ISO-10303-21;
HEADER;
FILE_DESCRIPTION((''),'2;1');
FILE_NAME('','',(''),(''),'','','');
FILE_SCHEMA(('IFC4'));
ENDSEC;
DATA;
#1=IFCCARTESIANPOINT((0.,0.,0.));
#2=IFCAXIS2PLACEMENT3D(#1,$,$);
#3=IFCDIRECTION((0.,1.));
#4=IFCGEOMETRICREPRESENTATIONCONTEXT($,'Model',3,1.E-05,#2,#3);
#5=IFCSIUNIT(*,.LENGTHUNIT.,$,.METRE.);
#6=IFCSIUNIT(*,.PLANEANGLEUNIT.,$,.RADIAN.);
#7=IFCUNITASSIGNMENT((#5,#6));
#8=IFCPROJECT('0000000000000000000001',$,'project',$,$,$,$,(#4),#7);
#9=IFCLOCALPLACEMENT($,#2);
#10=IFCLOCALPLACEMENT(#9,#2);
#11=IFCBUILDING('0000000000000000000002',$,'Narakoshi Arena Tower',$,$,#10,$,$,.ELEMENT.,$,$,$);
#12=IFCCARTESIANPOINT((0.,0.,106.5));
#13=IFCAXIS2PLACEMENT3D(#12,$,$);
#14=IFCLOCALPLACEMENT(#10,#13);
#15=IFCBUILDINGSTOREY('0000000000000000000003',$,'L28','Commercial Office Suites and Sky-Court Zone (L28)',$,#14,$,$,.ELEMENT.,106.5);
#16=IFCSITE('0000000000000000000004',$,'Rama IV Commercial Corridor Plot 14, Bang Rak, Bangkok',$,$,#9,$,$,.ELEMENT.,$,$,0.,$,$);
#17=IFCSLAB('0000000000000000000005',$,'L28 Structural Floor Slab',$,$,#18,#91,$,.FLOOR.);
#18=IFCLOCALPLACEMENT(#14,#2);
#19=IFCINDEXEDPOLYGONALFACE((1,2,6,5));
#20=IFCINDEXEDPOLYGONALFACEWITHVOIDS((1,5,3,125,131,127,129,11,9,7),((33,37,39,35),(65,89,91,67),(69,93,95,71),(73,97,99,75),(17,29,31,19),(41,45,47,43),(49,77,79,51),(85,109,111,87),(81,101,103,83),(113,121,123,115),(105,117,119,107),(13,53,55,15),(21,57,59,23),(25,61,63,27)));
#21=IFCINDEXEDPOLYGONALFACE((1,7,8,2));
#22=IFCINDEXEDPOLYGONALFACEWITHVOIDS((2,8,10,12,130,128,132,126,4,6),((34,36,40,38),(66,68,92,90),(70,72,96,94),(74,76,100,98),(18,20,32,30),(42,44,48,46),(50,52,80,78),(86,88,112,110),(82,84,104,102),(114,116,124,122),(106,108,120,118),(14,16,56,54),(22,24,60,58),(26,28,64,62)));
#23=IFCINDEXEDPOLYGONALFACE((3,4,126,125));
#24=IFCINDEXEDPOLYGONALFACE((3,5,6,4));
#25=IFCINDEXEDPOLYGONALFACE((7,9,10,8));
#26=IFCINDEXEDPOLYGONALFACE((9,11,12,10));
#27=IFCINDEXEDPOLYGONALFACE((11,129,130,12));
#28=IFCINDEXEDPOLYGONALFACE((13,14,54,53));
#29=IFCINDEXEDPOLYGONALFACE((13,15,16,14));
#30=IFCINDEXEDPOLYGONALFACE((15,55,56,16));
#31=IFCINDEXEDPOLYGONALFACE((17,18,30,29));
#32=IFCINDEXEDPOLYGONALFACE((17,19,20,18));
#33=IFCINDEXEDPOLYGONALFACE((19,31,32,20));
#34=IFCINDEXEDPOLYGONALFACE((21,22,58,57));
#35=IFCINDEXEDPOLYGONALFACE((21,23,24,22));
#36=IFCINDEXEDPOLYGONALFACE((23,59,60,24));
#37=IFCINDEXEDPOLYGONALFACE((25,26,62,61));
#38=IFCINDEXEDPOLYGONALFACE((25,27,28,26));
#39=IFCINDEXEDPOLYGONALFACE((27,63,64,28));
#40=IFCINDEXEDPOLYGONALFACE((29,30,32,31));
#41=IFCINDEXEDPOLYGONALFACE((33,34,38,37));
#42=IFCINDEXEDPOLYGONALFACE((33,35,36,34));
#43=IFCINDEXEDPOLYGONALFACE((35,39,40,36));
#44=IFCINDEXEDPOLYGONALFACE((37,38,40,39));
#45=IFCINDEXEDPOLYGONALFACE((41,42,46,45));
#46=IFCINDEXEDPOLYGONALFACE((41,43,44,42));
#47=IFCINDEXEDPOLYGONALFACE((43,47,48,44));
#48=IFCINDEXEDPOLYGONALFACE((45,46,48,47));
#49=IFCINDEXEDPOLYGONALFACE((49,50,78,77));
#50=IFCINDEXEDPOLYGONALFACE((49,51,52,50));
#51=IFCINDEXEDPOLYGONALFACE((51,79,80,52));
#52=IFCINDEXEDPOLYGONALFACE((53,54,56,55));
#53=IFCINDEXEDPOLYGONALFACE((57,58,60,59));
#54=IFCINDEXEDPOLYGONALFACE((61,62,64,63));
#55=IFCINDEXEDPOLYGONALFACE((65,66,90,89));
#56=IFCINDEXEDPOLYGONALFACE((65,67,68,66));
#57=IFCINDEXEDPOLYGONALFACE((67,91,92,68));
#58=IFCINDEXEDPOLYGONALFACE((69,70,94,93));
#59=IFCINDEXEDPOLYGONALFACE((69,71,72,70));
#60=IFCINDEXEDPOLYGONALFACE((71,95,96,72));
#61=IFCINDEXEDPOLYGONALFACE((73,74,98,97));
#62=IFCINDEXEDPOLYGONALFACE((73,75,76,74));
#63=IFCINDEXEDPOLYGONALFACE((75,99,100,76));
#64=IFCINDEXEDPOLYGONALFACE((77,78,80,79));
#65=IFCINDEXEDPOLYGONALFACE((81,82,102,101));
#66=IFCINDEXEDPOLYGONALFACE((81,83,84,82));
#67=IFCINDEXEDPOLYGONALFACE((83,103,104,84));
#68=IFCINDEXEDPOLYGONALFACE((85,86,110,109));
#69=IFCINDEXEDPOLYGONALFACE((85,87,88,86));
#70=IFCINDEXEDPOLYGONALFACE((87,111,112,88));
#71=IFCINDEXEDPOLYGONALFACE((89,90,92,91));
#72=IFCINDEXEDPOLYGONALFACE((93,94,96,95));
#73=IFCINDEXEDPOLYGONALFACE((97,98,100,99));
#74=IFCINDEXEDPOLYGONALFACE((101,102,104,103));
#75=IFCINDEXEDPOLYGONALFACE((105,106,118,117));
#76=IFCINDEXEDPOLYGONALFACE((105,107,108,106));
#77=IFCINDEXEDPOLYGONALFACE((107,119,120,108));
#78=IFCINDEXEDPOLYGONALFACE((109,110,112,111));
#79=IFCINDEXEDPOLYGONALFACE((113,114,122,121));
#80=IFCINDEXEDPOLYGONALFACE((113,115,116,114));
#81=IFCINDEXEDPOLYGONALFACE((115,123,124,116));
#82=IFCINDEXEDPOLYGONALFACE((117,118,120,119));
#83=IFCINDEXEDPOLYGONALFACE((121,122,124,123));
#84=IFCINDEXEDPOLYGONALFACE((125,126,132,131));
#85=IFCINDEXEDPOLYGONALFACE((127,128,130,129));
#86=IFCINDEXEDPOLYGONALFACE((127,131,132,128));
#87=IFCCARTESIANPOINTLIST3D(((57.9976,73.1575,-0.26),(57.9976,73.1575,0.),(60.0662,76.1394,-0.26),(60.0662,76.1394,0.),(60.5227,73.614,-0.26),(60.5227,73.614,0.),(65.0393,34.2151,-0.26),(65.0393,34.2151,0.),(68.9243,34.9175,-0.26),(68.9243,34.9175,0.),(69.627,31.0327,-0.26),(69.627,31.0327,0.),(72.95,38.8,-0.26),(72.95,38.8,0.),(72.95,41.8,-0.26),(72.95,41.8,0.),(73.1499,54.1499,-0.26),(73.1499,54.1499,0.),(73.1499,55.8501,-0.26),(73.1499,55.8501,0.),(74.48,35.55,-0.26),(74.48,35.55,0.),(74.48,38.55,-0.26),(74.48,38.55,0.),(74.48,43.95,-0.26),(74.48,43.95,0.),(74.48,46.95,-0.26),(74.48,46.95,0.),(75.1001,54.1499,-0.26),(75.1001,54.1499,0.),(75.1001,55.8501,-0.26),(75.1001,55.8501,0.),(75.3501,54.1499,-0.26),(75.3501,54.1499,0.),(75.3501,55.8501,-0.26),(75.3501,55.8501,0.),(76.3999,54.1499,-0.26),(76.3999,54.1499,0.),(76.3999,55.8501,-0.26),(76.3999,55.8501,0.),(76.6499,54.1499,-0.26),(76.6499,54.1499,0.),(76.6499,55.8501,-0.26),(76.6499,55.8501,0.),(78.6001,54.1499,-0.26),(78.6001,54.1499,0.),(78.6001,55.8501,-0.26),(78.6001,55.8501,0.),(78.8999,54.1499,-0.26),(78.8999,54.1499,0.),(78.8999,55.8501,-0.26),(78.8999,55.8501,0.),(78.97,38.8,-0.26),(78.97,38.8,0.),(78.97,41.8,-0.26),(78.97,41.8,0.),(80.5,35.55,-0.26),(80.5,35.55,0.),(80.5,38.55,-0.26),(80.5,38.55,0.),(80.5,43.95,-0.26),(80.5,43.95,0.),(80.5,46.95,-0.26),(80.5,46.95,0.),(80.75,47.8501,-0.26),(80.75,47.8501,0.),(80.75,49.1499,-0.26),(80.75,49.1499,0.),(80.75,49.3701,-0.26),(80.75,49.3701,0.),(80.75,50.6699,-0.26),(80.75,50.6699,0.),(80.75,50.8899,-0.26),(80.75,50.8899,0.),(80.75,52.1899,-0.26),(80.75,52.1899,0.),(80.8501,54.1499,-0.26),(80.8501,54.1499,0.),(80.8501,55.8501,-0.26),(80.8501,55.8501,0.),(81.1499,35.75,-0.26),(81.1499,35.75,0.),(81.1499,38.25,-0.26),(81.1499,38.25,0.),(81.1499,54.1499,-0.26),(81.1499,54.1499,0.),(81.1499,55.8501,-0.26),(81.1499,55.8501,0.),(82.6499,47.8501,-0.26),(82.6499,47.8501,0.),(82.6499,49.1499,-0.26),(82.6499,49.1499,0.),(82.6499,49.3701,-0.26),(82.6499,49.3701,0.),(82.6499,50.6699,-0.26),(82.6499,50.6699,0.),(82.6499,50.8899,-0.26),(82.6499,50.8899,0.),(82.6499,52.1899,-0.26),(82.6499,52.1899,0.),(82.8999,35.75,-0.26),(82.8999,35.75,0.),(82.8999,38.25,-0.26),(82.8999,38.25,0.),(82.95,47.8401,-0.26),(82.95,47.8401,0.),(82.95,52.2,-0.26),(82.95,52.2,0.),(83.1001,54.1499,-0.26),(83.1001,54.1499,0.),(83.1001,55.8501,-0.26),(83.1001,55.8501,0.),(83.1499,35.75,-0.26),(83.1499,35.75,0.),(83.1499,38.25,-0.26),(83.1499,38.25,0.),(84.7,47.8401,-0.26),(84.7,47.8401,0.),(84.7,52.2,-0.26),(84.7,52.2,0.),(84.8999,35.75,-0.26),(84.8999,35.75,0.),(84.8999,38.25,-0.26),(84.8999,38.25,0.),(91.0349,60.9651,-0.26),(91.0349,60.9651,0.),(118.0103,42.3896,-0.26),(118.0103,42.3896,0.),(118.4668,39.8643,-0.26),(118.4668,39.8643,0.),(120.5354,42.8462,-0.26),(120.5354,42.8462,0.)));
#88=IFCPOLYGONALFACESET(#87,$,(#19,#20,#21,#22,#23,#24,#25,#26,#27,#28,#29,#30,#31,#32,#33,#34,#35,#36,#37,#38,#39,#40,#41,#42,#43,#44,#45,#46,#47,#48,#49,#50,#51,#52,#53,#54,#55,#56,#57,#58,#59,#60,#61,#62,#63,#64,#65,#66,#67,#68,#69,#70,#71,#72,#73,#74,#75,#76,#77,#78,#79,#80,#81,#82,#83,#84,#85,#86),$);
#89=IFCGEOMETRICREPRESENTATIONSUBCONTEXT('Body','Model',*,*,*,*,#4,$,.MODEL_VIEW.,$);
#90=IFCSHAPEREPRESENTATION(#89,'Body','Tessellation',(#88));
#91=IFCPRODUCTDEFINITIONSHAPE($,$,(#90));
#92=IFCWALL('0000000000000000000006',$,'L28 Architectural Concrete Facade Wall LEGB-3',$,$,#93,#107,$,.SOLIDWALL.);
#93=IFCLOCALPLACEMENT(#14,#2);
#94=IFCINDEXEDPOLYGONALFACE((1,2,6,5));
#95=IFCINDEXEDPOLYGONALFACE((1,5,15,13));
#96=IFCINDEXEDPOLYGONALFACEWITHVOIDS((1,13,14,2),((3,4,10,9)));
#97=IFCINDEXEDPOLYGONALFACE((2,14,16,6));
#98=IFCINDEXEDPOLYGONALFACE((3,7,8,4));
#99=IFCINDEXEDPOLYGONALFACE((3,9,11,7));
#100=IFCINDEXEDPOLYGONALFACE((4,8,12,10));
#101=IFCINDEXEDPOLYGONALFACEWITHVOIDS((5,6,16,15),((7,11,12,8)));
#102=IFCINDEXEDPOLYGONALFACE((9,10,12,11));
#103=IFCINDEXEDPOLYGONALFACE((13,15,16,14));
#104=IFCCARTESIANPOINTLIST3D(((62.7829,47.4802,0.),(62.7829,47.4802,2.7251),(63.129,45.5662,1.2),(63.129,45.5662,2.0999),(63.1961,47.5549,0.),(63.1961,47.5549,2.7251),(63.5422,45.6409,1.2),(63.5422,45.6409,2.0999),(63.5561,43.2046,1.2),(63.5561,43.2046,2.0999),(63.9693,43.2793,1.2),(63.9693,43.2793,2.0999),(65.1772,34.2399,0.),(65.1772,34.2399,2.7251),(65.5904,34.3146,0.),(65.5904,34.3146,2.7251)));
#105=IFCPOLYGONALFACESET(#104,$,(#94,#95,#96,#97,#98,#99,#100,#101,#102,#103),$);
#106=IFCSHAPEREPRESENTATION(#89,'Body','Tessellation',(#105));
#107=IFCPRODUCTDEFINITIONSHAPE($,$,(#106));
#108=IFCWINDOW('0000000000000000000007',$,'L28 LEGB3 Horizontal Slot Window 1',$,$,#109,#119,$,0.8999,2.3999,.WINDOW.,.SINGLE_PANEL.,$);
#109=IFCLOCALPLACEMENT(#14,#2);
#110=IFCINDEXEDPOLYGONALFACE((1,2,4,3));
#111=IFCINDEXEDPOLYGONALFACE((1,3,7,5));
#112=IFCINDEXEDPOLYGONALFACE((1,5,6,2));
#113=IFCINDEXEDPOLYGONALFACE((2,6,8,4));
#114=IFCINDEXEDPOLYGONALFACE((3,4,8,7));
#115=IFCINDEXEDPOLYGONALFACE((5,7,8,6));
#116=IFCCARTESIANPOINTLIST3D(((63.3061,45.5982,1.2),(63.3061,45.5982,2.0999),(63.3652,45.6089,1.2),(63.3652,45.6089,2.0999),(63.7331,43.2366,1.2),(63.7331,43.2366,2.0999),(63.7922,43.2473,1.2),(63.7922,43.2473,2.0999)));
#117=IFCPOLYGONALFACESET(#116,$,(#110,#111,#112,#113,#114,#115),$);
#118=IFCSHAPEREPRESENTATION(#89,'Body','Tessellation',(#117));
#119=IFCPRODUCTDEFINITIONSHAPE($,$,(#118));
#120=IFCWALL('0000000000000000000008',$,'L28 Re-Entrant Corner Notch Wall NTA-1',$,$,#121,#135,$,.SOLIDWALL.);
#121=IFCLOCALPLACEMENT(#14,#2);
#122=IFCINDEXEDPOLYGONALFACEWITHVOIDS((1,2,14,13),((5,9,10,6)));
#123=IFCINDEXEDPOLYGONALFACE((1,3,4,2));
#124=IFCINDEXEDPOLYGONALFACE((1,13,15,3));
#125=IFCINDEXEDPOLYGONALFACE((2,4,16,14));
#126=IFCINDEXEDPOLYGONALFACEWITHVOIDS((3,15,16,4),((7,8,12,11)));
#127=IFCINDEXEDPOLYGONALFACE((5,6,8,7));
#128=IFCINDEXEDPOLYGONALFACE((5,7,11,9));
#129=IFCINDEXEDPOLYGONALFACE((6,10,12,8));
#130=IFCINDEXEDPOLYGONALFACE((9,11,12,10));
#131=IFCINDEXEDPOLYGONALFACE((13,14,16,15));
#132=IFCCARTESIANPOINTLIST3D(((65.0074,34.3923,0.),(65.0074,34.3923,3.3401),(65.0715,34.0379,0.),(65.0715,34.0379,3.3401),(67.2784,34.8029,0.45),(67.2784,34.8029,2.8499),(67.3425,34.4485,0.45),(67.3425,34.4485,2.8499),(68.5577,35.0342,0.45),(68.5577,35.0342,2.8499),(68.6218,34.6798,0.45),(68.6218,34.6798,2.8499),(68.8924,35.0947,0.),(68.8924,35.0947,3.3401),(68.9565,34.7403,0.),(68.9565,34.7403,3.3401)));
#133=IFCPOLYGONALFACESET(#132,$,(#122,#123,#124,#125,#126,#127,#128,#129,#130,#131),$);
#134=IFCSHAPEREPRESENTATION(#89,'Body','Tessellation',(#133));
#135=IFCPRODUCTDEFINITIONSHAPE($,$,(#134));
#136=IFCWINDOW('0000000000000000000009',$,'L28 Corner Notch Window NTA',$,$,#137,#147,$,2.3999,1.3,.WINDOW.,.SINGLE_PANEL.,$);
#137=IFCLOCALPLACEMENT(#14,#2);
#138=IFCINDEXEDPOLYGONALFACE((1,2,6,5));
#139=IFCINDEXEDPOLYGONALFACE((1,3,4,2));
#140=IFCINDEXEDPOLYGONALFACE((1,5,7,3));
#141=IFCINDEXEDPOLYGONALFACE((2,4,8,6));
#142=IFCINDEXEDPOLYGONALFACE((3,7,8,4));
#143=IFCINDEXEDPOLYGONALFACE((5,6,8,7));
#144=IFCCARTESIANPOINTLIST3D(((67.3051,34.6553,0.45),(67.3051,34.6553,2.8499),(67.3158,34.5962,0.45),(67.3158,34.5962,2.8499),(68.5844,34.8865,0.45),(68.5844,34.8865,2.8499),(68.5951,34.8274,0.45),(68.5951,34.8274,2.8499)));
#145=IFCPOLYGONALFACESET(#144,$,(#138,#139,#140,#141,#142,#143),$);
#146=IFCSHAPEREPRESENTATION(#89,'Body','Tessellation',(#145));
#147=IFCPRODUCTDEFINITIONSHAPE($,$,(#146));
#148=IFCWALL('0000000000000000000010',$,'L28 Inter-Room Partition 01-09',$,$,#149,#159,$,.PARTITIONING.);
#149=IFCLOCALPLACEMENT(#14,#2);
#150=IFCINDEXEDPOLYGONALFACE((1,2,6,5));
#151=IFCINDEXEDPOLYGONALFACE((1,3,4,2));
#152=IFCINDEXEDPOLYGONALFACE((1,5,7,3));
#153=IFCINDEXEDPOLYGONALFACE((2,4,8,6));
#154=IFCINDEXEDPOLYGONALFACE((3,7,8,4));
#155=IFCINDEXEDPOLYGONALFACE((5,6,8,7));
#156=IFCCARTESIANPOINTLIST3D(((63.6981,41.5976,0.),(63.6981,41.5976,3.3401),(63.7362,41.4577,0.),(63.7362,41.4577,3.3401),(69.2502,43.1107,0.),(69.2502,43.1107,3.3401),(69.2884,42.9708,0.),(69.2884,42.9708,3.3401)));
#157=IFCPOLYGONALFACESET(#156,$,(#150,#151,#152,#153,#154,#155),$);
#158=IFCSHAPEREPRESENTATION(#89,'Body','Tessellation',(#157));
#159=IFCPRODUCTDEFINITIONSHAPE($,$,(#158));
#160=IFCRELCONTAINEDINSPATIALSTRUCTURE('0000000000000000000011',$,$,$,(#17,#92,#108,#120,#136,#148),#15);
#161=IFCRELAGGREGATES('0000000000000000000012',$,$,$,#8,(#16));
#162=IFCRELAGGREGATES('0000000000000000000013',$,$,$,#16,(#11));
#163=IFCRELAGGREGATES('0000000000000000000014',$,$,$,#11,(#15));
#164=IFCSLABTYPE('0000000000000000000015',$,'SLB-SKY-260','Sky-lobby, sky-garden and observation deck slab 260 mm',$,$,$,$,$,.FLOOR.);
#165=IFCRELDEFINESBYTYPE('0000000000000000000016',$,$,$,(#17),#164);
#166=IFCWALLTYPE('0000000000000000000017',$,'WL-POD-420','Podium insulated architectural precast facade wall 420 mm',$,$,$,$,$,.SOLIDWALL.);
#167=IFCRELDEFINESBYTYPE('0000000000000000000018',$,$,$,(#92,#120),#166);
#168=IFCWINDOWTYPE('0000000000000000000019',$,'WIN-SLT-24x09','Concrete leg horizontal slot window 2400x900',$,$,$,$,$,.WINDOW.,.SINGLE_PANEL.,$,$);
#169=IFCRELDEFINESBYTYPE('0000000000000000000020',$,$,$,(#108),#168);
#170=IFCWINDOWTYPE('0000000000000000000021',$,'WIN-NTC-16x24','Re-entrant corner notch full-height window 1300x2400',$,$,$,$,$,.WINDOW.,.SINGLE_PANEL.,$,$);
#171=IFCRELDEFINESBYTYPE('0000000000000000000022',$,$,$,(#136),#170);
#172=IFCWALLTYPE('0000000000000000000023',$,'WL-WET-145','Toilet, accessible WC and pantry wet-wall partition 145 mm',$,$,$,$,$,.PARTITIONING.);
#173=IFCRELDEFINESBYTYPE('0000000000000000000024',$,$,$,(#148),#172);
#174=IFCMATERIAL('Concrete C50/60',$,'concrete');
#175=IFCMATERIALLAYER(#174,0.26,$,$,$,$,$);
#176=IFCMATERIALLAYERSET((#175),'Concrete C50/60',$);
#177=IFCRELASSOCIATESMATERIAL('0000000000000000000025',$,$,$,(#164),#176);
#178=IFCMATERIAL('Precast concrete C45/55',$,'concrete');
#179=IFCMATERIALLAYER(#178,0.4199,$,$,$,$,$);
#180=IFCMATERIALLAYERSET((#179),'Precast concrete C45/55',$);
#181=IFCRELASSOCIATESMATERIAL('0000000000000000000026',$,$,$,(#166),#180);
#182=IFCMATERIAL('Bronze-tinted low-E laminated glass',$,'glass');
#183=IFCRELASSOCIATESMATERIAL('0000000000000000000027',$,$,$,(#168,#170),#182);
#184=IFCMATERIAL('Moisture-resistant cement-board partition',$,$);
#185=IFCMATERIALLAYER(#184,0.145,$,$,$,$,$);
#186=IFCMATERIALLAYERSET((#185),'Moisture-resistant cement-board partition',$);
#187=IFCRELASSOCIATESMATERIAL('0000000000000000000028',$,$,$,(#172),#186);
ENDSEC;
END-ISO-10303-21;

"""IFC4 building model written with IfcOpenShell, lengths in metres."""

from ifc_helpers import new_model, si_unit, direction, frame, frame_2d, origin, place, context, subcontext, project, spatial, polyline, rectangle, outline, extrude, material, layer, layer_set, type_object, element, fill, save


model = new_model("IFC4")

# Units and contexts
model_context = context("Model", 3, precision=1e-05, world=origin(), true_north=direction((0.0, 1.0)))
body_context = subcontext(model_context, "Body", "Model", "MODEL_VIEW")
ifc_project = project(units=[si_unit("LENGTHUNIT", "METRE"), si_unit("PLANEANGLEUNIT", "RADIAN")], contexts=[model_context])

# Site, building, storey
site_placement = place(None, origin())
site = spatial("IfcSite", under=ifc_project, at=site_placement, Name="Rama IV Commercial Corridor Plot 14, Bang Rak, Bangkok", CompositionType="ELEMENT", RefElevation=0.0)
building_placement = place(site_placement, origin())
building = spatial("IfcBuilding", under=site, at=building_placement, Name="Narakoshi Arena Tower", CompositionType="ELEMENT")
storey_placement = place(building_placement, frame((0.0, 0.0, 106.5)))
storey = spatial("IfcBuildingStorey", under=building, at=storey_placement, Name="L28", Description="Commercial Office Suites and Sky-Court Zone (L28)", CompositionType="ELEMENT", Elevation=106.5)

# Slab
ifc_material_1 = material(Name="Concrete C50/60", Category="concrete")
ifc_layer_1 = layer(ifc_material_1, 0.26)
ifc_layer_set_1 = layer_set([ifc_layer_1], Name="Concrete C50/60")
slab_type_1 = type_object("IfcSlabType", Name="SLB-SKY-260", Description="Sky-lobby, sky-garden and observation deck slab 260 mm", PredefinedType="FLOOR", material=ifc_layer_set_1)
slab_1_placement = place(storey_placement, frame((0.0, 0.0, -0.26)))
element("IfcSlab", 1, at=slab_1_placement, inside=storey, type_object=slab_type_1, Name="L28 Structural Floor Slab", PredefinedType="FLOOR", context=body_context, shape_type="SweptSolid", body=[
    extrude(outline(polyline([(69.627, 31.0327), (118.4668, 39.8643), (118.0103, 42.3896), (120.5354, 42.8462), (91.0349, 60.9651), (60.0662, 76.1394), (60.5227, 73.614), (57.9976, 73.1575), (65.0393, 34.2151), (68.9243, 34.9175), (69.627, 31.0327)]), holes=[polyline([(80.5, 35.55), (74.48, 35.55), (74.48, 38.55), (80.5, 38.55), (80.5, 35.55)]), polyline([(82.8999, 35.75), (81.1499, 35.75), (81.1499, 38.25), (82.8999, 38.25), (82.8999, 35.75)]), polyline([(83.1499, 35.75), (83.1499, 38.25), (84.8999, 38.25), (84.8999, 35.75), (83.1499, 35.75)]), polyline([(72.95, 38.8), (72.95, 41.8), (78.97, 41.8), (78.97, 38.8), (72.95, 38.8)]), polyline([(74.48, 43.95), (74.48, 46.95), (80.5, 46.95), (80.5, 43.95), (74.48, 43.95)]), polyline([(82.95, 47.8401), (82.95, 52.2), (84.7, 52.2), (84.7, 47.8401), (82.95, 47.8401)]), polyline([(80.75, 47.8501), (80.75, 49.1499), (82.6499, 49.1499), (82.6499, 47.8501), (80.75, 47.8501)]), polyline([(80.75, 49.3701), (80.75, 50.6699), (82.6499, 50.6699), (82.6499, 49.3701), (80.75, 49.3701)]), polyline([(80.75, 50.8899), (80.75, 52.1899), (82.6499, 52.1899), (82.6499, 50.8899), (80.75, 50.8899)]), polyline([(73.1499, 54.1499), (73.1499, 55.8501), (75.1001, 55.8501), (75.1001, 54.1499), (73.1499, 54.1499)]), polyline([(75.3501, 54.1499), (75.3501, 55.8501), (76.3999, 55.8501), (76.3999, 54.1499), (75.3501, 54.1499)]), polyline([(76.6499, 54.1499), (76.6499, 55.8501), (78.6001, 55.8501), (78.6001, 54.1499), (76.6499, 54.1499)]), polyline([(78.8999, 54.1499), (78.8999, 55.8501), (80.8501, 55.8501), (80.8501, 54.1499), (78.8999, 54.1499)]), polyline([(81.1499, 54.1499), (81.1499, 55.8501), (83.1001, 55.8501), (83.1001, 54.1499), (81.1499, 54.1499)])]), origin(), (0.0, 0.0, 1.0), 0.26),
])

# Walls, openings, windows
ifc_material_2 = material(Name="Precast concrete C45/55", Category="concrete")
ifc_layer_2 = layer(ifc_material_2, 0.4199)
ifc_layer_set_2 = layer_set([ifc_layer_2], Name="Precast concrete C45/55")
wall_type_1 = type_object("IfcWallType", Name="WL-POD-420", Description="Podium insulated architectural precast facade wall 420 mm", PredefinedType="SOLIDWALL", material=ifc_layer_set_2)
wall_1_placement = place(storey_placement, frame((62.9895, 47.5176, 0.0), z_axis=(0.0, 0.0, 1.0), x_axis=(0.177948, -0.98404, 0.0)))
wall_1 = element("IfcWall", 2, at=wall_1_placement, inside=storey, type_object=wall_type_1, Name="L28 Architectural Concrete Facade Wall LEGB-3", PredefinedType="SOLIDWALL", context=body_context, shape_type="SweptSolid", body=[
    extrude(rectangle(XDim=13.4551, YDim=0.4199, at=frame_2d((6.7275, 0.0))), origin(), (0.0, 0.0, 1.0), 2.7251),
])
opening_1_placement = place(wall_1_placement, frame((1.9451, 0.0, 1.2)))
opening_1 = element("IfcOpeningElement", 3, at=opening_1_placement, cuts=wall_1, PredefinedType="OPENING", context=body_context, shape_type="SweptSolid", body=[
    extrude(rectangle(XDim=2.3999, YDim=0.8999, at=frame_2d((1.2, 0.45))), frame((0.0, 0.22, 0.0), z_axis=(0.0, -1.0, 0.0), x_axis=(1.0, 0.0, 0.0)), (0.0, 0.0, 1.0), 0.4399),
])
ifc_material_3 = material(Name="Bronze-tinted low-E laminated glass", Category="glass")
window_type_1 = type_object("IfcWindowType", Name="WIN-SLT-24x09", Description="Concrete leg horizontal slot window 2400x900", PartitioningType="SINGLE_PANEL", PredefinedType="WINDOW", material=ifc_material_3)
window_1_placement = place(opening_1_placement, origin())
window_1 = element("IfcWindow", 4, at=window_1_placement, inside=storey, type_object=window_type_1, Name="L28 LEGB3 Horizontal Slot Window 1", OverallHeight=0.8999, OverallWidth=2.3999, PartitioningType="SINGLE_PANEL", PredefinedType="WINDOW", context=body_context, shape_type="SweptSolid", body=[
    extrude(rectangle(XDim=2.3999, YDim=0.8999, at=frame_2d((1.2, 0.45))), frame((0.0, 0.03, 0.0), z_axis=(0.0, -1.0, 0.0), x_axis=(1.0, 0.0, 0.0)), (0.0, 0.0, 1.0), 0.0601),
])
fill(opening_1, window_1)
wall_2_placement = place(storey_placement, frame((65.0393, 34.2151, 0.0), z_axis=(0.0, 0.0, 1.0), x_axis=(0.984047, 0.177911, 0.0)))
wall_2 = element("IfcWall", 5, at=wall_2_placement, inside=storey, type_object=wall_type_1, Name="L28 Re-Entrant Corner Notch Wall NTA-1", PredefinedType="SOLIDWALL", context=body_context, shape_type="SweptSolid", body=[
    extrude(rectangle(XDim=3.948, YDim=0.3601, at=frame_2d((1.9741, 0.0))), origin(), (0.0, 0.0, 1.0), 3.3401),
])
opening_2_placement = place(wall_2_placement, frame((2.3081, 0.0, 0.45)))
opening_2 = element("IfcOpeningElement", 6, at=opening_2_placement, cuts=wall_2, PredefinedType="OPENING", context=body_context, shape_type="SweptSolid", body=[
    extrude(rectangle(XDim=1.3, YDim=2.3999, at=frame_2d((0.6499, 1.2))), frame((0.0, 0.1899, 0.0), z_axis=(0.0, -1.0, 0.0), x_axis=(1.0, 0.0, 0.0)), (0.0, 0.0, 1.0), 0.3801),
])
window_type_2 = type_object("IfcWindowType", Name="WIN-NTC-16x24", Description="Re-entrant corner notch full-height window 1300x2400", PartitioningType="SINGLE_PANEL", PredefinedType="WINDOW", material=ifc_material_3)
window_2_placement = place(opening_2_placement, origin())
window_2 = element("IfcWindow", 7, at=window_2_placement, inside=storey, type_object=window_type_2, Name="L28 Corner Notch Window NTA", OverallHeight=2.3999, OverallWidth=1.3, PartitioningType="SINGLE_PANEL", PredefinedType="WINDOW", context=body_context, shape_type="SweptSolid", body=[
    extrude(rectangle(XDim=1.3, YDim=2.3999, at=frame_2d((0.6499, 1.2))), frame((0.0, 0.03, 0.0), z_axis=(0.0, -1.0, 0.0), x_axis=(1.0, 0.0, 0.0)), (0.0, 0.0, 1.0), 0.0601),
])
fill(opening_2, window_2)

# Wall
ifc_material_4 = material(Name="Moisture-resistant cement-board partition")
ifc_layer_3 = layer(ifc_material_4, 0.145)
ifc_layer_set_3 = layer_set([ifc_layer_3], Name="Moisture-resistant cement-board partition")
wall_type_2 = type_object("IfcWallType", Name="WL-WET-145", Description="Toilet, accessible WC and pantry wet-wall partition 145 mm", PredefinedType="PARTITIONING", material=ifc_layer_set_3)
wall_3_placement = place(storey_placement, frame((63.717, 41.5276, 0.0), z_axis=(0.0, 0.0, 1.0), x_axis=(0.964811, 0.262945, 0.0)))
element("IfcWall", 8, at=wall_3_placement, inside=storey, type_object=wall_type_2, Name="L28 Inter-Room Partition 01-09", PredefinedType="PARTITIONING", context=body_context, shape_type="SweptSolid", body=[
    extrude(rectangle(XDim=5.7546, YDim=0.145, at=frame_2d((2.8774, 0.0))), origin(), (0.0, 0.0, 1.0), 3.3401),
])

save(model, "model.ifc")
